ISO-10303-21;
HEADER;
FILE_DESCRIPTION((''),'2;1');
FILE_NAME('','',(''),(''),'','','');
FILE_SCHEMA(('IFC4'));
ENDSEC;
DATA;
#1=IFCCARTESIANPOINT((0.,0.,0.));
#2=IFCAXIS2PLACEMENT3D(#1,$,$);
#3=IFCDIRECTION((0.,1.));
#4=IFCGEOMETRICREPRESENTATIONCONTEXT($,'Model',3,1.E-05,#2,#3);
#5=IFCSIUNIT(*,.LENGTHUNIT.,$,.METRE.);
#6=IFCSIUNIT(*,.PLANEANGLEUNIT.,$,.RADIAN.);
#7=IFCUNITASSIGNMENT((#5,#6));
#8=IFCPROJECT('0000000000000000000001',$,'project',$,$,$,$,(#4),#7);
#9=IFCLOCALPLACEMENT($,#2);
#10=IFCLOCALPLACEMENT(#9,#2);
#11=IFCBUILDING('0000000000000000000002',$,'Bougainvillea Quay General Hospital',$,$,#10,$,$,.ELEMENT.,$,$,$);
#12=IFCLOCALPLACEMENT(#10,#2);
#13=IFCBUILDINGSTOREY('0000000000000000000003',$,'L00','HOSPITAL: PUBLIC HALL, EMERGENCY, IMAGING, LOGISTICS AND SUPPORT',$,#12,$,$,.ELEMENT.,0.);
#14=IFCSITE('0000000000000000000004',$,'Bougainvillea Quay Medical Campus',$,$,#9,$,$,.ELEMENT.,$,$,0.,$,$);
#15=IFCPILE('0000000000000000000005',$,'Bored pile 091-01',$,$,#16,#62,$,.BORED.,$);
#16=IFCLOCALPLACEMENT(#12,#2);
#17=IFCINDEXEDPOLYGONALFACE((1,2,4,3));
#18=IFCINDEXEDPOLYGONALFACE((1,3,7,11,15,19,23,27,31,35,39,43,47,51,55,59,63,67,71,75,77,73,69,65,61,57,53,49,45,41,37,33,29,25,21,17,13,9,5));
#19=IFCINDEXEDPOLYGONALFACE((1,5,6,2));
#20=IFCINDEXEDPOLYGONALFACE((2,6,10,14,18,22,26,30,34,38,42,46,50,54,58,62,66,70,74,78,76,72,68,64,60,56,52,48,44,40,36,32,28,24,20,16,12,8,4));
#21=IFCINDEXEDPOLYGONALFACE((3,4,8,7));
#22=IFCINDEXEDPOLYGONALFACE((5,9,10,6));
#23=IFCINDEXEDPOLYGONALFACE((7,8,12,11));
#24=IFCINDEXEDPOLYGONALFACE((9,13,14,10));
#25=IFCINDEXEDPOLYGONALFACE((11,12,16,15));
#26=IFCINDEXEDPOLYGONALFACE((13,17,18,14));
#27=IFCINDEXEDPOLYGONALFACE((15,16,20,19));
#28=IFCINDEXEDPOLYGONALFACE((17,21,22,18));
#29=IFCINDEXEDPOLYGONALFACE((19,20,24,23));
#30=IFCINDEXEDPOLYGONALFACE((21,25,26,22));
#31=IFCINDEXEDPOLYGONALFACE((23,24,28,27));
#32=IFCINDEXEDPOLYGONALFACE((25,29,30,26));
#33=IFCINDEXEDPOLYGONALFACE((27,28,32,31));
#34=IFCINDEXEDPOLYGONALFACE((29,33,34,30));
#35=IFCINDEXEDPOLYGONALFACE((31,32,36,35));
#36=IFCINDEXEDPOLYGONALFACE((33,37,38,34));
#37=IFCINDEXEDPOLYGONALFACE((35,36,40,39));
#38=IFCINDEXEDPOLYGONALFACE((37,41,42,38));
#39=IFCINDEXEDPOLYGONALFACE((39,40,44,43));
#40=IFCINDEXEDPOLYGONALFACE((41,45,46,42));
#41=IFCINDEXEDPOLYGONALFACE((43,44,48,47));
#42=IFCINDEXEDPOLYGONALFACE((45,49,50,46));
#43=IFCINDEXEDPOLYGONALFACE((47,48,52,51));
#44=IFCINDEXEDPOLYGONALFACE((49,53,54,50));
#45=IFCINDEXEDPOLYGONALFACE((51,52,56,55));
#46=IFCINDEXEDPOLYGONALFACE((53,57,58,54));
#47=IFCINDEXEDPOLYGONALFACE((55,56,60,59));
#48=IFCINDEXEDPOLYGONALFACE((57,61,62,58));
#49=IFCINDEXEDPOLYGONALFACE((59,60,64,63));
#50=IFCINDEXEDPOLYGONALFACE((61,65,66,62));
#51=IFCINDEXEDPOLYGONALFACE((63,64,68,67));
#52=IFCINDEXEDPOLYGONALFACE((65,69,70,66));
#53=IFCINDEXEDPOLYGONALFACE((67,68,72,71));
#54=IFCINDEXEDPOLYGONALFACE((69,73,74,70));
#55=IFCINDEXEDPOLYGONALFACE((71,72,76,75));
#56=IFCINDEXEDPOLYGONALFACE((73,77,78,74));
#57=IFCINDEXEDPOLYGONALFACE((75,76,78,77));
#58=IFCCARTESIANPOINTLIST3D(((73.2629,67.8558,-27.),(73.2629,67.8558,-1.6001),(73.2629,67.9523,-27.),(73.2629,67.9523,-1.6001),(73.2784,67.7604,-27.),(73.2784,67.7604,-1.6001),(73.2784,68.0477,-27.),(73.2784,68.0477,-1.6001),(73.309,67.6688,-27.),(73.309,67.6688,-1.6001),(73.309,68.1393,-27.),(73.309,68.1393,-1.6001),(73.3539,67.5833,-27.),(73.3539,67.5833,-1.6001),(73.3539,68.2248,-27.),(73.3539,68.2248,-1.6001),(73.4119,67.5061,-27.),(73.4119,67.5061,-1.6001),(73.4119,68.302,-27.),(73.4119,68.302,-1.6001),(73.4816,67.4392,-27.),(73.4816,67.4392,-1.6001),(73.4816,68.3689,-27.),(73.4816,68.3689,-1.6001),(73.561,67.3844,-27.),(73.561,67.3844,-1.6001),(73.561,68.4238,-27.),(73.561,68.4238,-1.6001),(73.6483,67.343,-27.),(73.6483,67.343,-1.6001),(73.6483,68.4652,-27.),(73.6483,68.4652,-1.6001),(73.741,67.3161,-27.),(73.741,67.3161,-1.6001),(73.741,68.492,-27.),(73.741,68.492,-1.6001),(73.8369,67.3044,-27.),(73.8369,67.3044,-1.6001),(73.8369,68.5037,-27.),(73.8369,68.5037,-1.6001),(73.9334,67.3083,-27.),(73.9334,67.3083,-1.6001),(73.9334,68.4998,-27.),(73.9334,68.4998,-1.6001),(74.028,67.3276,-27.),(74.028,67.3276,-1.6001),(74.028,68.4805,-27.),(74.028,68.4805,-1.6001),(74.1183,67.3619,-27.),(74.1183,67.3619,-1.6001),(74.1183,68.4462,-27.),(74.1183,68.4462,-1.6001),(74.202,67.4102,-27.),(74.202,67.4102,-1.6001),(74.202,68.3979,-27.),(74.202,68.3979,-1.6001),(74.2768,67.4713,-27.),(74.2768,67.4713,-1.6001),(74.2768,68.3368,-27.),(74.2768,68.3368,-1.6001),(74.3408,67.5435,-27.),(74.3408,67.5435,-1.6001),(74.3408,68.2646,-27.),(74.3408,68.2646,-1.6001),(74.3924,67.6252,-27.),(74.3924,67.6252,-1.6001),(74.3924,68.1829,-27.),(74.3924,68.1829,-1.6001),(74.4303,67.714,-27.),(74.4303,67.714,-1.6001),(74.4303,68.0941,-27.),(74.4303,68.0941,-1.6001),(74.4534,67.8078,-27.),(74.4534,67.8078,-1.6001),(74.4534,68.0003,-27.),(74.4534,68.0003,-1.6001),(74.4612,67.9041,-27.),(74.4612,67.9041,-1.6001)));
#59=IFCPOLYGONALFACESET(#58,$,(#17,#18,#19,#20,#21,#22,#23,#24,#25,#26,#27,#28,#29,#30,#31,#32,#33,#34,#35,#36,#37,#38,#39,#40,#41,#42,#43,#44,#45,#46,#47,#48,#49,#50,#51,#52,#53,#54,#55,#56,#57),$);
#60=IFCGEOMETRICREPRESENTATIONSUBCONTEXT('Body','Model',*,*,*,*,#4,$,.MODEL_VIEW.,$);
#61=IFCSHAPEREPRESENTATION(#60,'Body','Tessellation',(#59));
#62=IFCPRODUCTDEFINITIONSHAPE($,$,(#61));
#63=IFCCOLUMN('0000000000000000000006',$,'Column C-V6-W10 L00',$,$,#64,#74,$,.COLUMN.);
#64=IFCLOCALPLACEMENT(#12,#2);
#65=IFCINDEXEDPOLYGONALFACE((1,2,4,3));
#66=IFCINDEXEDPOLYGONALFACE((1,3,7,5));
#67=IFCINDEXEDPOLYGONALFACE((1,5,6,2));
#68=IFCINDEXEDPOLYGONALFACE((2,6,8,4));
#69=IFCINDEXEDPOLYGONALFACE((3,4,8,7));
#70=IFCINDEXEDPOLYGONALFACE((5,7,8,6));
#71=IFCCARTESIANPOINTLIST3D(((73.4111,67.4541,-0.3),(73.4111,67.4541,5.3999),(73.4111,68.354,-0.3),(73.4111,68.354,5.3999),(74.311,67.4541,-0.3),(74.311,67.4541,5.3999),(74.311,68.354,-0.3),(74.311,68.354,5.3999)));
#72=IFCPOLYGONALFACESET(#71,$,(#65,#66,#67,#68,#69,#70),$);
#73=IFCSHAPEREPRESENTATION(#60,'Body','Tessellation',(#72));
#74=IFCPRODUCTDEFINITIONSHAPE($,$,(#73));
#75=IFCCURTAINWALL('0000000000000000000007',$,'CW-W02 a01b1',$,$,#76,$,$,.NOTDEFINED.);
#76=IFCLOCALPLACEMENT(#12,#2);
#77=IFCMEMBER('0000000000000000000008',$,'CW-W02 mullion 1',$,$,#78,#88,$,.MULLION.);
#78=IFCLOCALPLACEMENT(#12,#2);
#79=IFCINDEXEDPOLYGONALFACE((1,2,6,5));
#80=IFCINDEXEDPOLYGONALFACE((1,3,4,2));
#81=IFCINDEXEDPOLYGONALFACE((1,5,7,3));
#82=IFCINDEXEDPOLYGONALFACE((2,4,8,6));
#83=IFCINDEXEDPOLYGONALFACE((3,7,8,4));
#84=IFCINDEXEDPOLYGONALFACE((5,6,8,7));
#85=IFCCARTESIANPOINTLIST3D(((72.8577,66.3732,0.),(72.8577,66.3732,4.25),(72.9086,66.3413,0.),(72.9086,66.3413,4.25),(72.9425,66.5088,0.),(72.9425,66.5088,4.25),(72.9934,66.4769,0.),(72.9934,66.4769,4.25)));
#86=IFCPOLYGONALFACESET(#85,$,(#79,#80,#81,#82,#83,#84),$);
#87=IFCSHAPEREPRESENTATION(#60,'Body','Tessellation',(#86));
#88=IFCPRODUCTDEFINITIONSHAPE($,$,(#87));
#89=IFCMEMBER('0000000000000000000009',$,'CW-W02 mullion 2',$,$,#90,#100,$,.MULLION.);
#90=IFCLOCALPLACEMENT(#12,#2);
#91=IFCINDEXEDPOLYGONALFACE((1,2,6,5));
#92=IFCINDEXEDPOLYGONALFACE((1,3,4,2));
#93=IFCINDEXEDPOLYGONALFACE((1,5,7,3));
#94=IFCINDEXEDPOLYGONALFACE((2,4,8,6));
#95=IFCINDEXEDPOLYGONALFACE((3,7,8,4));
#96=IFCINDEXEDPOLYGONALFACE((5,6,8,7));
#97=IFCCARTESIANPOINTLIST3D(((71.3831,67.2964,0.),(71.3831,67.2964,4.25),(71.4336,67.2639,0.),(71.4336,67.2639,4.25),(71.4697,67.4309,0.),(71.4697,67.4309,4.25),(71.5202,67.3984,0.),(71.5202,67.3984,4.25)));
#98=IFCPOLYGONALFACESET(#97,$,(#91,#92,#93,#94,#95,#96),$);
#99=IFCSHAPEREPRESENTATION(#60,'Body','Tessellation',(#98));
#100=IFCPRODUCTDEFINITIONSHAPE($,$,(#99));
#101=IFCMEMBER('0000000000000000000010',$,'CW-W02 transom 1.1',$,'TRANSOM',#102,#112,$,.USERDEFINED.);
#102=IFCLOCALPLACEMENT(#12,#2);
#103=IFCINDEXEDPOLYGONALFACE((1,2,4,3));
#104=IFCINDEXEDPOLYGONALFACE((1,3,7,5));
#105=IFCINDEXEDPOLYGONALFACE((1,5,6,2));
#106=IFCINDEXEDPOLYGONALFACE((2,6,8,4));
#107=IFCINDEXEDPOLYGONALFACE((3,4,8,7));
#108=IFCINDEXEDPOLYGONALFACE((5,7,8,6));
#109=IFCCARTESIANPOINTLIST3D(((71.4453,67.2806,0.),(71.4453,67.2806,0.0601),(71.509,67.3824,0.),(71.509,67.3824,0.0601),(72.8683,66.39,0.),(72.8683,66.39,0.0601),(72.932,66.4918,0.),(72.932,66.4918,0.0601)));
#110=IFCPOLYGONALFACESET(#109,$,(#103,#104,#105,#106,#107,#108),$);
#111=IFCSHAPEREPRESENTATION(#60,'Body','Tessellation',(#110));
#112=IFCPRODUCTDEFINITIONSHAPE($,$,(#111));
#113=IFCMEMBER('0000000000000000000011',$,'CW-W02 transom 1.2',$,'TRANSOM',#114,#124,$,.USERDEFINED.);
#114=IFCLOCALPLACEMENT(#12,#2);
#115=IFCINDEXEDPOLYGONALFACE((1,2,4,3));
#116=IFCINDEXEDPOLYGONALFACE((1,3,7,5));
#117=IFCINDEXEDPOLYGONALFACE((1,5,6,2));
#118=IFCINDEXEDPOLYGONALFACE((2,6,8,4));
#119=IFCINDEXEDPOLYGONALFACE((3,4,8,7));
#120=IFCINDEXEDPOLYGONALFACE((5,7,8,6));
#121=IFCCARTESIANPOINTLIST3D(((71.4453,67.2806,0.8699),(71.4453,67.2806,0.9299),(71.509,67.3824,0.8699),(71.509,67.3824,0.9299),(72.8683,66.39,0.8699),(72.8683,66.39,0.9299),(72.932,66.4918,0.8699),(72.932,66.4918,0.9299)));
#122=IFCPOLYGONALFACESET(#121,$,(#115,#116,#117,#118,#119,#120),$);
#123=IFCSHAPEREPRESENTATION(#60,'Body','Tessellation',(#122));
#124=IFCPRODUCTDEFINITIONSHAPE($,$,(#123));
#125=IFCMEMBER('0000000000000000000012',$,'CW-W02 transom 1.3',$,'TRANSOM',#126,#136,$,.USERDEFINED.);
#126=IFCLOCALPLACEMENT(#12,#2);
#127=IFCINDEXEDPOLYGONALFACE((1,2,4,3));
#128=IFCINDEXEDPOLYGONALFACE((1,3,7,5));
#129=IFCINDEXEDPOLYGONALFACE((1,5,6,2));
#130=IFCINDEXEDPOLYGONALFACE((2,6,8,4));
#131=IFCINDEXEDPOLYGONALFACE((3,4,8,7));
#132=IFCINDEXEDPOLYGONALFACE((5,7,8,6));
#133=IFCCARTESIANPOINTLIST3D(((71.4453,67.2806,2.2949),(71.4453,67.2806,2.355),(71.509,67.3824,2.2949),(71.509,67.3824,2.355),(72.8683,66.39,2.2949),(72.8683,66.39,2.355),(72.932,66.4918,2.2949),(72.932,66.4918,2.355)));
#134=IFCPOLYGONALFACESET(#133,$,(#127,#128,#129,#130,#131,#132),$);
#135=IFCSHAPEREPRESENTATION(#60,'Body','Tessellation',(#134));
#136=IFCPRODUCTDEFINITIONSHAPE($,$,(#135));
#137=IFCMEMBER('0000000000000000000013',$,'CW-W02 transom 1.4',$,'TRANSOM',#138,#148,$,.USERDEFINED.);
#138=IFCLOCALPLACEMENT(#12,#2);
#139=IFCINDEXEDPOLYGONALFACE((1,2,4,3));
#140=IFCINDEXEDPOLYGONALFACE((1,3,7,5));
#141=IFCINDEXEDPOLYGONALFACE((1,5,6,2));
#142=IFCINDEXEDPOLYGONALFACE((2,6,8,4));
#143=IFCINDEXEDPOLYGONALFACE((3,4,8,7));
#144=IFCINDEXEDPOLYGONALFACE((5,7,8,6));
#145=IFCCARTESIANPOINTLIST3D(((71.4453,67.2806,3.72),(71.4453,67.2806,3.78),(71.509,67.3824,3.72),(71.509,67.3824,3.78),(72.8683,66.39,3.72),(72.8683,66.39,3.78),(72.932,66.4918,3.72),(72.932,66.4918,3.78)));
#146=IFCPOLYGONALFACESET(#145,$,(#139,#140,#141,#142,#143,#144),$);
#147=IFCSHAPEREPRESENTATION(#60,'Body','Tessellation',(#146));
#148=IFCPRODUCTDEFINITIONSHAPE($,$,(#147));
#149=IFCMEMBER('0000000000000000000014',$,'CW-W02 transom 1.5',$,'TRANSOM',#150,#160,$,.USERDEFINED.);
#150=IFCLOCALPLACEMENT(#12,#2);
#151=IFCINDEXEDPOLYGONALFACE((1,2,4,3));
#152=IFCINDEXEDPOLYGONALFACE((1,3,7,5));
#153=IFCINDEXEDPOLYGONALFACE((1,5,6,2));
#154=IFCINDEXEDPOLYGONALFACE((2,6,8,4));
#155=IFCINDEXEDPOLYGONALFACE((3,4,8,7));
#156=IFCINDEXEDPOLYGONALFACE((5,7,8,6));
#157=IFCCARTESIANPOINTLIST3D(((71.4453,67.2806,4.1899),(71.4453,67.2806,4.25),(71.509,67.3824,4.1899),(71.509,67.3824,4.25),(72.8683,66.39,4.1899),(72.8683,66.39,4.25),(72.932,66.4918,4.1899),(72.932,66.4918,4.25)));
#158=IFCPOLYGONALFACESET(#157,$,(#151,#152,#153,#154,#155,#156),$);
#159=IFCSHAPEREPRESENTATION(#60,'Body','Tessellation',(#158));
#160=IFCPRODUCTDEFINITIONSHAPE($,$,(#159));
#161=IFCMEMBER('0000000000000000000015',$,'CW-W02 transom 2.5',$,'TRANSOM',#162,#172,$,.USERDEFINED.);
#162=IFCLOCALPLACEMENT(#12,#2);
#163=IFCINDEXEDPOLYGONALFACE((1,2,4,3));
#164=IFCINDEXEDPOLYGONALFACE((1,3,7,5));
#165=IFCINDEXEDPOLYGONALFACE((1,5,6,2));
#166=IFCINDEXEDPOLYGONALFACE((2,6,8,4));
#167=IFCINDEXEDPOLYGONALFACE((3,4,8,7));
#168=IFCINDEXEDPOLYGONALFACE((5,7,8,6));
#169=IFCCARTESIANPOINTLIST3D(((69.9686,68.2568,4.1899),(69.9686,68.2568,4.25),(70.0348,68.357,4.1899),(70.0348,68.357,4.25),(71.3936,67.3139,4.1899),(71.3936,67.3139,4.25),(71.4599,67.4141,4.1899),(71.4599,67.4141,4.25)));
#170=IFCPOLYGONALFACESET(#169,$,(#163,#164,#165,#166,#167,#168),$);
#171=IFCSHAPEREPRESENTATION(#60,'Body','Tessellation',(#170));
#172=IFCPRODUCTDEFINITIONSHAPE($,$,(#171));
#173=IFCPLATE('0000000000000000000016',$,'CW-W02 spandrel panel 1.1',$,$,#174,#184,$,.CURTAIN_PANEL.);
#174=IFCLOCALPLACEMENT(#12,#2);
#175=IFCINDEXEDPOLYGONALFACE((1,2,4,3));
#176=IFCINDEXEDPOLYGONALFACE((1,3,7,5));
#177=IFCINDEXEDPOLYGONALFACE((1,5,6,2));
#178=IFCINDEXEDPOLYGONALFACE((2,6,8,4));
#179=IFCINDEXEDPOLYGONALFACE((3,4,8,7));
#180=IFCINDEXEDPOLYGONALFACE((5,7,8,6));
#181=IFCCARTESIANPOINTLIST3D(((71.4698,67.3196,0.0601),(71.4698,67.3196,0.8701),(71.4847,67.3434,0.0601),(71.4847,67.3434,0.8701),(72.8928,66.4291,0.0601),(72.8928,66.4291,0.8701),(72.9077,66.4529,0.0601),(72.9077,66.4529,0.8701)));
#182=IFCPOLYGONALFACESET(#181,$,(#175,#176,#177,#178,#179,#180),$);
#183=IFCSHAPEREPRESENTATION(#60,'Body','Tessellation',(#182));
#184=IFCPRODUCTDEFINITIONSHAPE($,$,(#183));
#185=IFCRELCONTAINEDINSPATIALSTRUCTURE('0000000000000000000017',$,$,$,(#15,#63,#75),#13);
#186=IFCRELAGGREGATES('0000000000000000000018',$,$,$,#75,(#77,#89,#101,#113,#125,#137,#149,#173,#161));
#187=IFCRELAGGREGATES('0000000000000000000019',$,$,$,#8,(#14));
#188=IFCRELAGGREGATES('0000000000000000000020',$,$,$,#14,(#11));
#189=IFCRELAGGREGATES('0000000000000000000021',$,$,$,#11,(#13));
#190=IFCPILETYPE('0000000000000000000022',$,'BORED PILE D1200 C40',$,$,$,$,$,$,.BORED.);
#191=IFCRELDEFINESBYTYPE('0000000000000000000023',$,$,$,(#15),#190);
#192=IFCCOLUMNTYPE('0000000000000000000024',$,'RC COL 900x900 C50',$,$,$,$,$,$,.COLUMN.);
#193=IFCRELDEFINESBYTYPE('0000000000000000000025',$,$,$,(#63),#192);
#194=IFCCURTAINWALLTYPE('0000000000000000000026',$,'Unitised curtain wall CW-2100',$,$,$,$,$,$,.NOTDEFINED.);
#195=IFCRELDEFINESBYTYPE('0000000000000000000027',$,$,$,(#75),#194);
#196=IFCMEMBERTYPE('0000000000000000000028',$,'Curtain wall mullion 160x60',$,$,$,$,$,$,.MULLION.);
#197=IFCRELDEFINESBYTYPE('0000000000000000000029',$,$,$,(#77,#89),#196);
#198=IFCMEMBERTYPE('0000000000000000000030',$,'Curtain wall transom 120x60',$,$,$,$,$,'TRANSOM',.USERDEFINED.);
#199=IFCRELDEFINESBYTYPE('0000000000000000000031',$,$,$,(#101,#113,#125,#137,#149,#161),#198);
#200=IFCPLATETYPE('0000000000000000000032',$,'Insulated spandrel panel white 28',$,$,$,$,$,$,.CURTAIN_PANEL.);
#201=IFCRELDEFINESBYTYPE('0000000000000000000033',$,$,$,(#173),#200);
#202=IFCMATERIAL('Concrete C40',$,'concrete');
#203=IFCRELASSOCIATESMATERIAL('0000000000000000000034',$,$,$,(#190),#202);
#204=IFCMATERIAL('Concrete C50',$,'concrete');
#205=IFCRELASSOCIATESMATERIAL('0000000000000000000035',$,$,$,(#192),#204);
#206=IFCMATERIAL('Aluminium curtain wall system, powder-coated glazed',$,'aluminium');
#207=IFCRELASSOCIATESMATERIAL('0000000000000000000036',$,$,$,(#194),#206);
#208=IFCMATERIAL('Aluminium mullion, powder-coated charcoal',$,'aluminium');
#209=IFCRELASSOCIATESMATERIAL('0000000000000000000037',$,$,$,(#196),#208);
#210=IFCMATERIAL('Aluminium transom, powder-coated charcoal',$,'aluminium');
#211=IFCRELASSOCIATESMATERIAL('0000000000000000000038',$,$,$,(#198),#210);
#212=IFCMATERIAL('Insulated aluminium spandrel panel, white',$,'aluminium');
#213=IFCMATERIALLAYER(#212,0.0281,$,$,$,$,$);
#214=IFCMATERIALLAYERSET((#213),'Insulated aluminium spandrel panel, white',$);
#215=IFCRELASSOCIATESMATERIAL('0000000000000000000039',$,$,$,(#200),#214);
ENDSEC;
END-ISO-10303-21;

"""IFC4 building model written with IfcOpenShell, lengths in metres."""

from ifc_helpers import new_model, si_unit, direction, frame, origin, origin_2d, place, context, subcontext, project, spatial, rectangle, circle, extrude, material, layer, layer_set, material_profile, profile_set, type_object, element, aggregate, save


model = new_model("IFC4")

# Units and contexts
model_context = context("Model", 3, precision=1e-05, world=origin(), true_north=direction((0.0, 1.0)))
body_context = subcontext(model_context, "Body", "Model", "MODEL_VIEW")
ifc_project = project(units=[si_unit("LENGTHUNIT", "METRE"), si_unit("PLANEANGLEUNIT", "RADIAN")], contexts=[model_context])

# Site, building, storey
site_placement = place(None, origin())
site = spatial("IfcSite", under=ifc_project, at=site_placement, Name="Bougainvillea Quay Medical Campus", CompositionType="ELEMENT", RefElevation=0.0)
building_placement = place(site_placement, origin())
building = spatial("IfcBuilding", under=site, at=building_placement, Name="Bougainvillea Quay General Hospital", CompositionType="ELEMENT")
storey_placement = place(building_placement, origin())
storey = spatial("IfcBuildingStorey", under=building, at=storey_placement, Name="L00", Description="HOSPITAL: PUBLIC HALL, EMERGENCY, IMAGING, LOGISTICS AND SUPPORT", CompositionType="ELEMENT", Elevation=0.0)

# Pile
ifc_material_1 = material(Name="Concrete C40", Category="concrete")
ifc_material_profile_1 = material_profile(ifc_material_1, circle(Radius=0.6001, at=origin_2d()))
ifc_profile_set_1 = profile_set([ifc_material_profile_1], Name="Concrete C40")
pile_type = type_object("IfcPileType", Name="BORED PILE D1200 C40", PredefinedType="BORED", material=ifc_profile_set_1)
pile_placement = place(storey_placement, frame((73.8611, 67.9041, -1.6001), z_axis=(0.0, 0.0, -1.0), x_axis=(1.0, 0.0, 0.0)))
element("IfcPile", 1, at=pile_placement, inside=storey, type_object=pile_type, Name="Bored pile 091-01", PredefinedType="BORED", context=body_context, shape_type="SweptSolid", body=[
    extrude(circle(Radius=0.6001, at=origin_2d()), origin(), (0.0, 0.0, 1.0), 25.3999),
])

# Column
ifc_material_2 = material(Name="Concrete C50", Category="concrete")
ifc_material_profile_2 = material_profile(ifc_material_2, rectangle(XDim=0.8999, YDim=0.8999, at=origin_2d()))
ifc_profile_set_2 = profile_set([ifc_material_profile_2], Name="Concrete C50")
column_type = type_object("IfcColumnType", Name="RC COL 900x900 C50", PredefinedType="COLUMN", material=ifc_profile_set_2)
column_placement = place(storey_placement, frame((73.8611, 67.9041, -0.3), z_axis=(0.0, 0.0, 1.0), x_axis=(1.0, 0.0, 0.0)))
element("IfcColumn", 2, at=column_placement, inside=storey, type_object=column_type, Name="Column C-V6-W10 L00", PredefinedType="COLUMN", context=body_context, shape_type="SweptSolid", body=[
    extrude(rectangle(XDim=0.8999, YDim=0.8999, at=origin_2d()), origin(), (0.0, 0.0, 1.0), 5.7),
])

# Curtain wall, members, plate
ifc_material_3 = material(Name="Aluminium curtain wall system, powder-coated glazed", Category="aluminium")
curtain_wall_type = type_object("IfcCurtainWallType", Name="Unitised curtain wall CW-2100", PredefinedType="NOTDEFINED", material=ifc_material_3)
curtain_wall_placement = place(storey_placement, origin())
curtain_wall = element("IfcCurtainWall", 3, at=curtain_wall_placement, inside=storey, type_object=curtain_wall_type, Name="CW-W02 a01b1", PredefinedType="NOTDEFINED")
ifc_material_4 = material(Name="Aluminium mullion, powder-coated charcoal", Category="aluminium")
ifc_material_profile_3 = material_profile(ifc_material_4, rectangle(XDim=0.1599, YDim=0.0601, at=origin_2d()))
ifc_profile_set_3 = profile_set([ifc_material_profile_3], Name="Aluminium mullion, powder-coated charcoal")
member_type_1 = type_object("IfcMemberType", Name="Curtain wall mullion 160x60", PredefinedType="MULLION", material=ifc_profile_set_3)
member_1_placement = place(storey_placement, frame((72.9255, 66.425, 0.0), z_axis=(0.0, 0.0, 1.0), x_axis=(-0.530489, -0.847692, 0.0)))
member_1 = element("IfcMember", 4, at=member_1_placement, type_object=member_type_1, Name="CW-W02 mullion 1", PredefinedType="MULLION", context=body_context, shape_type="SweptSolid", body=[
    extrude(rectangle(XDim=0.1599, YDim=0.0601, at=origin_2d()), origin(), (0.0, 0.0, 1.0), 4.25),
])
member_2_placement = place(storey_placement, frame((71.4517, 67.3474, 0.0), z_axis=(0.0, 0.0, 1.0), x_axis=(-0.541195, -0.840897, 0.0)))
member_2 = element("IfcMember", 5, at=member_2_placement, type_object=member_type_1, Name="CW-W02 mullion 2", PredefinedType="MULLION", context=body_context, shape_type="SweptSolid", body=[
    extrude(rectangle(XDim=0.1599, YDim=0.0601, at=origin_2d()), origin(), (0.0, 0.0, 1.0), 4.25),
])
ifc_material_5 = material(Name="Aluminium transom, powder-coated charcoal", Category="aluminium")
ifc_material_profile_4 = material_profile(ifc_material_5, rectangle(XDim=0.1201, YDim=0.0601, at=origin_2d()))
ifc_profile_set_4 = profile_set([ifc_material_profile_4], Name="Aluminium transom, powder-coated charcoal")
member_type_2 = type_object("IfcMemberType", Name="Curtain wall transom 120x60", ElementType="TRANSOM", PredefinedType="USERDEFINED", material=ifc_profile_set_4)
member_3_placement = place(storey_placement, frame((72.9001, 66.4409, 0.03), z_axis=(-0.84768, 0.530509, 0.0), x_axis=(-0.530509, -0.84768, 0.0)))
member_3 = element("IfcMember", 6, at=member_3_placement, type_object=member_type_2, Name="CW-W02 transom 1.1", ObjectType="TRANSOM", PredefinedType="USERDEFINED", context=body_context, shape_type="SweptSolid", body=[
    extrude(rectangle(XDim=0.1201, YDim=0.0601, at=origin_2d()), origin(), (0.0, 0.0, 1.0), 1.6787),
])
member_4_placement = place(storey_placement, frame((72.9001, 66.4409, 0.8999), z_axis=(-0.84768, 0.530509, 0.0), x_axis=(-0.530509, -0.84768, 0.0)))
member_4 = element("IfcMember", 7, at=member_4_placement, type_object=member_type_2, Name="CW-W02 transom 1.2", ObjectType="TRANSOM", PredefinedType="USERDEFINED", context=body_context, shape_type="SweptSolid", body=[
    extrude(rectangle(XDim=0.1201, YDim=0.0601, at=origin_2d()), origin(), (0.0, 0.0, 1.0), 1.6787),
])
member_5_placement = place(storey_placement, frame((72.9001, 66.4409, 2.325), z_axis=(-0.84768, 0.530509, 0.0), x_axis=(-0.530509, -0.84768, 0.0)))
member_5 = element("IfcMember", 8, at=member_5_placement, type_object=member_type_2, Name="CW-W02 transom 1.3", ObjectType="TRANSOM", PredefinedType="USERDEFINED", context=body_context, shape_type="SweptSolid", body=[
    extrude(rectangle(XDim=0.1201, YDim=0.0601, at=origin_2d()), origin(), (0.0, 0.0, 1.0), 1.6787),
])
member_6_placement = place(storey_placement, frame((72.9001, 66.4409, 3.75), z_axis=(-0.84768, 0.530509, 0.0), x_axis=(-0.530509, -0.84768, 0.0)))
member_6 = element("IfcMember", 9, at=member_6_placement, type_object=member_type_2, Name="CW-W02 transom 1.4", ObjectType="TRANSOM", PredefinedType="USERDEFINED", context=body_context, shape_type="SweptSolid", body=[
    extrude(rectangle(XDim=0.1201, YDim=0.0601, at=origin_2d()), origin(), (0.0, 0.0, 1.0), 1.6787),
])
member_7_placement = place(storey_placement, frame((72.9001, 66.4409, 4.22), z_axis=(-0.84768, 0.530509, 0.0), x_axis=(-0.530509, -0.84768, 0.0)))
member_7 = element("IfcMember", 10, at=member_7_placement, type_object=member_type_2, Name="CW-W02 transom 1.5", ObjectType="TRANSOM", PredefinedType="USERDEFINED", context=body_context, shape_type="SweptSolid", body=[
    extrude(rectangle(XDim=0.1201, YDim=0.0601, at=origin_2d()), origin(), (0.0, 0.0, 1.0), 1.6787),
])
member_8_placement = place(storey_placement, frame((71.4268, 67.364, 4.22), z_axis=(-0.83398, 0.551795, 0.0), x_axis=(-0.551795, -0.83398, 0.0)))
member_8 = element("IfcMember", 11, at=member_8_placement, type_object=member_type_2, Name="CW-W02 transom 2.5", ObjectType="TRANSOM", PredefinedType="USERDEFINED", context=body_context, shape_type="SweptSolid", body=[
    extrude(rectangle(XDim=0.1201, YDim=0.0601, at=origin_2d()), origin(), (0.0, 0.0, 1.0), 1.7087),
])
ifc_material_6 = material(Name="Insulated aluminium spandrel panel, white", Category="aluminium")
ifc_layer_1 = layer(ifc_material_6, 0.0281)
ifc_layer_set_1 = layer_set([ifc_layer_1], Name="Insulated aluminium spandrel panel, white")
plate_type_1 = type_object("IfcPlateType", Name="Insulated spandrel panel white 28", PredefinedType="CURTAIN_PANEL", material=ifc_layer_set_1)
plate_1_placement = place(storey_placement, frame((72.1887, 66.8862, 0.0601), z_axis=(0.0, 0.0, 1.0), x_axis=(-0.847692, 0.530489, 0.0)))
plate_1 = element("IfcPlate", 12, at=plate_1_placement, type_object=plate_type_1, Name="CW-W02 spandrel panel 1.1", PredefinedType="CURTAIN_PANEL", context=body_context, shape_type="SweptSolid", body=[
    extrude(rectangle(XDim=1.6787, YDim=0.0281, at=origin_2d()), origin(), (0.0, 0.0, 1.0), 0.8101),
])
aggregate(curtain_wall, [member_1, member_2, member_3, member_4, member_5, member_6, member_7, plate_1, member_8])

save(model, "model.ifc")
